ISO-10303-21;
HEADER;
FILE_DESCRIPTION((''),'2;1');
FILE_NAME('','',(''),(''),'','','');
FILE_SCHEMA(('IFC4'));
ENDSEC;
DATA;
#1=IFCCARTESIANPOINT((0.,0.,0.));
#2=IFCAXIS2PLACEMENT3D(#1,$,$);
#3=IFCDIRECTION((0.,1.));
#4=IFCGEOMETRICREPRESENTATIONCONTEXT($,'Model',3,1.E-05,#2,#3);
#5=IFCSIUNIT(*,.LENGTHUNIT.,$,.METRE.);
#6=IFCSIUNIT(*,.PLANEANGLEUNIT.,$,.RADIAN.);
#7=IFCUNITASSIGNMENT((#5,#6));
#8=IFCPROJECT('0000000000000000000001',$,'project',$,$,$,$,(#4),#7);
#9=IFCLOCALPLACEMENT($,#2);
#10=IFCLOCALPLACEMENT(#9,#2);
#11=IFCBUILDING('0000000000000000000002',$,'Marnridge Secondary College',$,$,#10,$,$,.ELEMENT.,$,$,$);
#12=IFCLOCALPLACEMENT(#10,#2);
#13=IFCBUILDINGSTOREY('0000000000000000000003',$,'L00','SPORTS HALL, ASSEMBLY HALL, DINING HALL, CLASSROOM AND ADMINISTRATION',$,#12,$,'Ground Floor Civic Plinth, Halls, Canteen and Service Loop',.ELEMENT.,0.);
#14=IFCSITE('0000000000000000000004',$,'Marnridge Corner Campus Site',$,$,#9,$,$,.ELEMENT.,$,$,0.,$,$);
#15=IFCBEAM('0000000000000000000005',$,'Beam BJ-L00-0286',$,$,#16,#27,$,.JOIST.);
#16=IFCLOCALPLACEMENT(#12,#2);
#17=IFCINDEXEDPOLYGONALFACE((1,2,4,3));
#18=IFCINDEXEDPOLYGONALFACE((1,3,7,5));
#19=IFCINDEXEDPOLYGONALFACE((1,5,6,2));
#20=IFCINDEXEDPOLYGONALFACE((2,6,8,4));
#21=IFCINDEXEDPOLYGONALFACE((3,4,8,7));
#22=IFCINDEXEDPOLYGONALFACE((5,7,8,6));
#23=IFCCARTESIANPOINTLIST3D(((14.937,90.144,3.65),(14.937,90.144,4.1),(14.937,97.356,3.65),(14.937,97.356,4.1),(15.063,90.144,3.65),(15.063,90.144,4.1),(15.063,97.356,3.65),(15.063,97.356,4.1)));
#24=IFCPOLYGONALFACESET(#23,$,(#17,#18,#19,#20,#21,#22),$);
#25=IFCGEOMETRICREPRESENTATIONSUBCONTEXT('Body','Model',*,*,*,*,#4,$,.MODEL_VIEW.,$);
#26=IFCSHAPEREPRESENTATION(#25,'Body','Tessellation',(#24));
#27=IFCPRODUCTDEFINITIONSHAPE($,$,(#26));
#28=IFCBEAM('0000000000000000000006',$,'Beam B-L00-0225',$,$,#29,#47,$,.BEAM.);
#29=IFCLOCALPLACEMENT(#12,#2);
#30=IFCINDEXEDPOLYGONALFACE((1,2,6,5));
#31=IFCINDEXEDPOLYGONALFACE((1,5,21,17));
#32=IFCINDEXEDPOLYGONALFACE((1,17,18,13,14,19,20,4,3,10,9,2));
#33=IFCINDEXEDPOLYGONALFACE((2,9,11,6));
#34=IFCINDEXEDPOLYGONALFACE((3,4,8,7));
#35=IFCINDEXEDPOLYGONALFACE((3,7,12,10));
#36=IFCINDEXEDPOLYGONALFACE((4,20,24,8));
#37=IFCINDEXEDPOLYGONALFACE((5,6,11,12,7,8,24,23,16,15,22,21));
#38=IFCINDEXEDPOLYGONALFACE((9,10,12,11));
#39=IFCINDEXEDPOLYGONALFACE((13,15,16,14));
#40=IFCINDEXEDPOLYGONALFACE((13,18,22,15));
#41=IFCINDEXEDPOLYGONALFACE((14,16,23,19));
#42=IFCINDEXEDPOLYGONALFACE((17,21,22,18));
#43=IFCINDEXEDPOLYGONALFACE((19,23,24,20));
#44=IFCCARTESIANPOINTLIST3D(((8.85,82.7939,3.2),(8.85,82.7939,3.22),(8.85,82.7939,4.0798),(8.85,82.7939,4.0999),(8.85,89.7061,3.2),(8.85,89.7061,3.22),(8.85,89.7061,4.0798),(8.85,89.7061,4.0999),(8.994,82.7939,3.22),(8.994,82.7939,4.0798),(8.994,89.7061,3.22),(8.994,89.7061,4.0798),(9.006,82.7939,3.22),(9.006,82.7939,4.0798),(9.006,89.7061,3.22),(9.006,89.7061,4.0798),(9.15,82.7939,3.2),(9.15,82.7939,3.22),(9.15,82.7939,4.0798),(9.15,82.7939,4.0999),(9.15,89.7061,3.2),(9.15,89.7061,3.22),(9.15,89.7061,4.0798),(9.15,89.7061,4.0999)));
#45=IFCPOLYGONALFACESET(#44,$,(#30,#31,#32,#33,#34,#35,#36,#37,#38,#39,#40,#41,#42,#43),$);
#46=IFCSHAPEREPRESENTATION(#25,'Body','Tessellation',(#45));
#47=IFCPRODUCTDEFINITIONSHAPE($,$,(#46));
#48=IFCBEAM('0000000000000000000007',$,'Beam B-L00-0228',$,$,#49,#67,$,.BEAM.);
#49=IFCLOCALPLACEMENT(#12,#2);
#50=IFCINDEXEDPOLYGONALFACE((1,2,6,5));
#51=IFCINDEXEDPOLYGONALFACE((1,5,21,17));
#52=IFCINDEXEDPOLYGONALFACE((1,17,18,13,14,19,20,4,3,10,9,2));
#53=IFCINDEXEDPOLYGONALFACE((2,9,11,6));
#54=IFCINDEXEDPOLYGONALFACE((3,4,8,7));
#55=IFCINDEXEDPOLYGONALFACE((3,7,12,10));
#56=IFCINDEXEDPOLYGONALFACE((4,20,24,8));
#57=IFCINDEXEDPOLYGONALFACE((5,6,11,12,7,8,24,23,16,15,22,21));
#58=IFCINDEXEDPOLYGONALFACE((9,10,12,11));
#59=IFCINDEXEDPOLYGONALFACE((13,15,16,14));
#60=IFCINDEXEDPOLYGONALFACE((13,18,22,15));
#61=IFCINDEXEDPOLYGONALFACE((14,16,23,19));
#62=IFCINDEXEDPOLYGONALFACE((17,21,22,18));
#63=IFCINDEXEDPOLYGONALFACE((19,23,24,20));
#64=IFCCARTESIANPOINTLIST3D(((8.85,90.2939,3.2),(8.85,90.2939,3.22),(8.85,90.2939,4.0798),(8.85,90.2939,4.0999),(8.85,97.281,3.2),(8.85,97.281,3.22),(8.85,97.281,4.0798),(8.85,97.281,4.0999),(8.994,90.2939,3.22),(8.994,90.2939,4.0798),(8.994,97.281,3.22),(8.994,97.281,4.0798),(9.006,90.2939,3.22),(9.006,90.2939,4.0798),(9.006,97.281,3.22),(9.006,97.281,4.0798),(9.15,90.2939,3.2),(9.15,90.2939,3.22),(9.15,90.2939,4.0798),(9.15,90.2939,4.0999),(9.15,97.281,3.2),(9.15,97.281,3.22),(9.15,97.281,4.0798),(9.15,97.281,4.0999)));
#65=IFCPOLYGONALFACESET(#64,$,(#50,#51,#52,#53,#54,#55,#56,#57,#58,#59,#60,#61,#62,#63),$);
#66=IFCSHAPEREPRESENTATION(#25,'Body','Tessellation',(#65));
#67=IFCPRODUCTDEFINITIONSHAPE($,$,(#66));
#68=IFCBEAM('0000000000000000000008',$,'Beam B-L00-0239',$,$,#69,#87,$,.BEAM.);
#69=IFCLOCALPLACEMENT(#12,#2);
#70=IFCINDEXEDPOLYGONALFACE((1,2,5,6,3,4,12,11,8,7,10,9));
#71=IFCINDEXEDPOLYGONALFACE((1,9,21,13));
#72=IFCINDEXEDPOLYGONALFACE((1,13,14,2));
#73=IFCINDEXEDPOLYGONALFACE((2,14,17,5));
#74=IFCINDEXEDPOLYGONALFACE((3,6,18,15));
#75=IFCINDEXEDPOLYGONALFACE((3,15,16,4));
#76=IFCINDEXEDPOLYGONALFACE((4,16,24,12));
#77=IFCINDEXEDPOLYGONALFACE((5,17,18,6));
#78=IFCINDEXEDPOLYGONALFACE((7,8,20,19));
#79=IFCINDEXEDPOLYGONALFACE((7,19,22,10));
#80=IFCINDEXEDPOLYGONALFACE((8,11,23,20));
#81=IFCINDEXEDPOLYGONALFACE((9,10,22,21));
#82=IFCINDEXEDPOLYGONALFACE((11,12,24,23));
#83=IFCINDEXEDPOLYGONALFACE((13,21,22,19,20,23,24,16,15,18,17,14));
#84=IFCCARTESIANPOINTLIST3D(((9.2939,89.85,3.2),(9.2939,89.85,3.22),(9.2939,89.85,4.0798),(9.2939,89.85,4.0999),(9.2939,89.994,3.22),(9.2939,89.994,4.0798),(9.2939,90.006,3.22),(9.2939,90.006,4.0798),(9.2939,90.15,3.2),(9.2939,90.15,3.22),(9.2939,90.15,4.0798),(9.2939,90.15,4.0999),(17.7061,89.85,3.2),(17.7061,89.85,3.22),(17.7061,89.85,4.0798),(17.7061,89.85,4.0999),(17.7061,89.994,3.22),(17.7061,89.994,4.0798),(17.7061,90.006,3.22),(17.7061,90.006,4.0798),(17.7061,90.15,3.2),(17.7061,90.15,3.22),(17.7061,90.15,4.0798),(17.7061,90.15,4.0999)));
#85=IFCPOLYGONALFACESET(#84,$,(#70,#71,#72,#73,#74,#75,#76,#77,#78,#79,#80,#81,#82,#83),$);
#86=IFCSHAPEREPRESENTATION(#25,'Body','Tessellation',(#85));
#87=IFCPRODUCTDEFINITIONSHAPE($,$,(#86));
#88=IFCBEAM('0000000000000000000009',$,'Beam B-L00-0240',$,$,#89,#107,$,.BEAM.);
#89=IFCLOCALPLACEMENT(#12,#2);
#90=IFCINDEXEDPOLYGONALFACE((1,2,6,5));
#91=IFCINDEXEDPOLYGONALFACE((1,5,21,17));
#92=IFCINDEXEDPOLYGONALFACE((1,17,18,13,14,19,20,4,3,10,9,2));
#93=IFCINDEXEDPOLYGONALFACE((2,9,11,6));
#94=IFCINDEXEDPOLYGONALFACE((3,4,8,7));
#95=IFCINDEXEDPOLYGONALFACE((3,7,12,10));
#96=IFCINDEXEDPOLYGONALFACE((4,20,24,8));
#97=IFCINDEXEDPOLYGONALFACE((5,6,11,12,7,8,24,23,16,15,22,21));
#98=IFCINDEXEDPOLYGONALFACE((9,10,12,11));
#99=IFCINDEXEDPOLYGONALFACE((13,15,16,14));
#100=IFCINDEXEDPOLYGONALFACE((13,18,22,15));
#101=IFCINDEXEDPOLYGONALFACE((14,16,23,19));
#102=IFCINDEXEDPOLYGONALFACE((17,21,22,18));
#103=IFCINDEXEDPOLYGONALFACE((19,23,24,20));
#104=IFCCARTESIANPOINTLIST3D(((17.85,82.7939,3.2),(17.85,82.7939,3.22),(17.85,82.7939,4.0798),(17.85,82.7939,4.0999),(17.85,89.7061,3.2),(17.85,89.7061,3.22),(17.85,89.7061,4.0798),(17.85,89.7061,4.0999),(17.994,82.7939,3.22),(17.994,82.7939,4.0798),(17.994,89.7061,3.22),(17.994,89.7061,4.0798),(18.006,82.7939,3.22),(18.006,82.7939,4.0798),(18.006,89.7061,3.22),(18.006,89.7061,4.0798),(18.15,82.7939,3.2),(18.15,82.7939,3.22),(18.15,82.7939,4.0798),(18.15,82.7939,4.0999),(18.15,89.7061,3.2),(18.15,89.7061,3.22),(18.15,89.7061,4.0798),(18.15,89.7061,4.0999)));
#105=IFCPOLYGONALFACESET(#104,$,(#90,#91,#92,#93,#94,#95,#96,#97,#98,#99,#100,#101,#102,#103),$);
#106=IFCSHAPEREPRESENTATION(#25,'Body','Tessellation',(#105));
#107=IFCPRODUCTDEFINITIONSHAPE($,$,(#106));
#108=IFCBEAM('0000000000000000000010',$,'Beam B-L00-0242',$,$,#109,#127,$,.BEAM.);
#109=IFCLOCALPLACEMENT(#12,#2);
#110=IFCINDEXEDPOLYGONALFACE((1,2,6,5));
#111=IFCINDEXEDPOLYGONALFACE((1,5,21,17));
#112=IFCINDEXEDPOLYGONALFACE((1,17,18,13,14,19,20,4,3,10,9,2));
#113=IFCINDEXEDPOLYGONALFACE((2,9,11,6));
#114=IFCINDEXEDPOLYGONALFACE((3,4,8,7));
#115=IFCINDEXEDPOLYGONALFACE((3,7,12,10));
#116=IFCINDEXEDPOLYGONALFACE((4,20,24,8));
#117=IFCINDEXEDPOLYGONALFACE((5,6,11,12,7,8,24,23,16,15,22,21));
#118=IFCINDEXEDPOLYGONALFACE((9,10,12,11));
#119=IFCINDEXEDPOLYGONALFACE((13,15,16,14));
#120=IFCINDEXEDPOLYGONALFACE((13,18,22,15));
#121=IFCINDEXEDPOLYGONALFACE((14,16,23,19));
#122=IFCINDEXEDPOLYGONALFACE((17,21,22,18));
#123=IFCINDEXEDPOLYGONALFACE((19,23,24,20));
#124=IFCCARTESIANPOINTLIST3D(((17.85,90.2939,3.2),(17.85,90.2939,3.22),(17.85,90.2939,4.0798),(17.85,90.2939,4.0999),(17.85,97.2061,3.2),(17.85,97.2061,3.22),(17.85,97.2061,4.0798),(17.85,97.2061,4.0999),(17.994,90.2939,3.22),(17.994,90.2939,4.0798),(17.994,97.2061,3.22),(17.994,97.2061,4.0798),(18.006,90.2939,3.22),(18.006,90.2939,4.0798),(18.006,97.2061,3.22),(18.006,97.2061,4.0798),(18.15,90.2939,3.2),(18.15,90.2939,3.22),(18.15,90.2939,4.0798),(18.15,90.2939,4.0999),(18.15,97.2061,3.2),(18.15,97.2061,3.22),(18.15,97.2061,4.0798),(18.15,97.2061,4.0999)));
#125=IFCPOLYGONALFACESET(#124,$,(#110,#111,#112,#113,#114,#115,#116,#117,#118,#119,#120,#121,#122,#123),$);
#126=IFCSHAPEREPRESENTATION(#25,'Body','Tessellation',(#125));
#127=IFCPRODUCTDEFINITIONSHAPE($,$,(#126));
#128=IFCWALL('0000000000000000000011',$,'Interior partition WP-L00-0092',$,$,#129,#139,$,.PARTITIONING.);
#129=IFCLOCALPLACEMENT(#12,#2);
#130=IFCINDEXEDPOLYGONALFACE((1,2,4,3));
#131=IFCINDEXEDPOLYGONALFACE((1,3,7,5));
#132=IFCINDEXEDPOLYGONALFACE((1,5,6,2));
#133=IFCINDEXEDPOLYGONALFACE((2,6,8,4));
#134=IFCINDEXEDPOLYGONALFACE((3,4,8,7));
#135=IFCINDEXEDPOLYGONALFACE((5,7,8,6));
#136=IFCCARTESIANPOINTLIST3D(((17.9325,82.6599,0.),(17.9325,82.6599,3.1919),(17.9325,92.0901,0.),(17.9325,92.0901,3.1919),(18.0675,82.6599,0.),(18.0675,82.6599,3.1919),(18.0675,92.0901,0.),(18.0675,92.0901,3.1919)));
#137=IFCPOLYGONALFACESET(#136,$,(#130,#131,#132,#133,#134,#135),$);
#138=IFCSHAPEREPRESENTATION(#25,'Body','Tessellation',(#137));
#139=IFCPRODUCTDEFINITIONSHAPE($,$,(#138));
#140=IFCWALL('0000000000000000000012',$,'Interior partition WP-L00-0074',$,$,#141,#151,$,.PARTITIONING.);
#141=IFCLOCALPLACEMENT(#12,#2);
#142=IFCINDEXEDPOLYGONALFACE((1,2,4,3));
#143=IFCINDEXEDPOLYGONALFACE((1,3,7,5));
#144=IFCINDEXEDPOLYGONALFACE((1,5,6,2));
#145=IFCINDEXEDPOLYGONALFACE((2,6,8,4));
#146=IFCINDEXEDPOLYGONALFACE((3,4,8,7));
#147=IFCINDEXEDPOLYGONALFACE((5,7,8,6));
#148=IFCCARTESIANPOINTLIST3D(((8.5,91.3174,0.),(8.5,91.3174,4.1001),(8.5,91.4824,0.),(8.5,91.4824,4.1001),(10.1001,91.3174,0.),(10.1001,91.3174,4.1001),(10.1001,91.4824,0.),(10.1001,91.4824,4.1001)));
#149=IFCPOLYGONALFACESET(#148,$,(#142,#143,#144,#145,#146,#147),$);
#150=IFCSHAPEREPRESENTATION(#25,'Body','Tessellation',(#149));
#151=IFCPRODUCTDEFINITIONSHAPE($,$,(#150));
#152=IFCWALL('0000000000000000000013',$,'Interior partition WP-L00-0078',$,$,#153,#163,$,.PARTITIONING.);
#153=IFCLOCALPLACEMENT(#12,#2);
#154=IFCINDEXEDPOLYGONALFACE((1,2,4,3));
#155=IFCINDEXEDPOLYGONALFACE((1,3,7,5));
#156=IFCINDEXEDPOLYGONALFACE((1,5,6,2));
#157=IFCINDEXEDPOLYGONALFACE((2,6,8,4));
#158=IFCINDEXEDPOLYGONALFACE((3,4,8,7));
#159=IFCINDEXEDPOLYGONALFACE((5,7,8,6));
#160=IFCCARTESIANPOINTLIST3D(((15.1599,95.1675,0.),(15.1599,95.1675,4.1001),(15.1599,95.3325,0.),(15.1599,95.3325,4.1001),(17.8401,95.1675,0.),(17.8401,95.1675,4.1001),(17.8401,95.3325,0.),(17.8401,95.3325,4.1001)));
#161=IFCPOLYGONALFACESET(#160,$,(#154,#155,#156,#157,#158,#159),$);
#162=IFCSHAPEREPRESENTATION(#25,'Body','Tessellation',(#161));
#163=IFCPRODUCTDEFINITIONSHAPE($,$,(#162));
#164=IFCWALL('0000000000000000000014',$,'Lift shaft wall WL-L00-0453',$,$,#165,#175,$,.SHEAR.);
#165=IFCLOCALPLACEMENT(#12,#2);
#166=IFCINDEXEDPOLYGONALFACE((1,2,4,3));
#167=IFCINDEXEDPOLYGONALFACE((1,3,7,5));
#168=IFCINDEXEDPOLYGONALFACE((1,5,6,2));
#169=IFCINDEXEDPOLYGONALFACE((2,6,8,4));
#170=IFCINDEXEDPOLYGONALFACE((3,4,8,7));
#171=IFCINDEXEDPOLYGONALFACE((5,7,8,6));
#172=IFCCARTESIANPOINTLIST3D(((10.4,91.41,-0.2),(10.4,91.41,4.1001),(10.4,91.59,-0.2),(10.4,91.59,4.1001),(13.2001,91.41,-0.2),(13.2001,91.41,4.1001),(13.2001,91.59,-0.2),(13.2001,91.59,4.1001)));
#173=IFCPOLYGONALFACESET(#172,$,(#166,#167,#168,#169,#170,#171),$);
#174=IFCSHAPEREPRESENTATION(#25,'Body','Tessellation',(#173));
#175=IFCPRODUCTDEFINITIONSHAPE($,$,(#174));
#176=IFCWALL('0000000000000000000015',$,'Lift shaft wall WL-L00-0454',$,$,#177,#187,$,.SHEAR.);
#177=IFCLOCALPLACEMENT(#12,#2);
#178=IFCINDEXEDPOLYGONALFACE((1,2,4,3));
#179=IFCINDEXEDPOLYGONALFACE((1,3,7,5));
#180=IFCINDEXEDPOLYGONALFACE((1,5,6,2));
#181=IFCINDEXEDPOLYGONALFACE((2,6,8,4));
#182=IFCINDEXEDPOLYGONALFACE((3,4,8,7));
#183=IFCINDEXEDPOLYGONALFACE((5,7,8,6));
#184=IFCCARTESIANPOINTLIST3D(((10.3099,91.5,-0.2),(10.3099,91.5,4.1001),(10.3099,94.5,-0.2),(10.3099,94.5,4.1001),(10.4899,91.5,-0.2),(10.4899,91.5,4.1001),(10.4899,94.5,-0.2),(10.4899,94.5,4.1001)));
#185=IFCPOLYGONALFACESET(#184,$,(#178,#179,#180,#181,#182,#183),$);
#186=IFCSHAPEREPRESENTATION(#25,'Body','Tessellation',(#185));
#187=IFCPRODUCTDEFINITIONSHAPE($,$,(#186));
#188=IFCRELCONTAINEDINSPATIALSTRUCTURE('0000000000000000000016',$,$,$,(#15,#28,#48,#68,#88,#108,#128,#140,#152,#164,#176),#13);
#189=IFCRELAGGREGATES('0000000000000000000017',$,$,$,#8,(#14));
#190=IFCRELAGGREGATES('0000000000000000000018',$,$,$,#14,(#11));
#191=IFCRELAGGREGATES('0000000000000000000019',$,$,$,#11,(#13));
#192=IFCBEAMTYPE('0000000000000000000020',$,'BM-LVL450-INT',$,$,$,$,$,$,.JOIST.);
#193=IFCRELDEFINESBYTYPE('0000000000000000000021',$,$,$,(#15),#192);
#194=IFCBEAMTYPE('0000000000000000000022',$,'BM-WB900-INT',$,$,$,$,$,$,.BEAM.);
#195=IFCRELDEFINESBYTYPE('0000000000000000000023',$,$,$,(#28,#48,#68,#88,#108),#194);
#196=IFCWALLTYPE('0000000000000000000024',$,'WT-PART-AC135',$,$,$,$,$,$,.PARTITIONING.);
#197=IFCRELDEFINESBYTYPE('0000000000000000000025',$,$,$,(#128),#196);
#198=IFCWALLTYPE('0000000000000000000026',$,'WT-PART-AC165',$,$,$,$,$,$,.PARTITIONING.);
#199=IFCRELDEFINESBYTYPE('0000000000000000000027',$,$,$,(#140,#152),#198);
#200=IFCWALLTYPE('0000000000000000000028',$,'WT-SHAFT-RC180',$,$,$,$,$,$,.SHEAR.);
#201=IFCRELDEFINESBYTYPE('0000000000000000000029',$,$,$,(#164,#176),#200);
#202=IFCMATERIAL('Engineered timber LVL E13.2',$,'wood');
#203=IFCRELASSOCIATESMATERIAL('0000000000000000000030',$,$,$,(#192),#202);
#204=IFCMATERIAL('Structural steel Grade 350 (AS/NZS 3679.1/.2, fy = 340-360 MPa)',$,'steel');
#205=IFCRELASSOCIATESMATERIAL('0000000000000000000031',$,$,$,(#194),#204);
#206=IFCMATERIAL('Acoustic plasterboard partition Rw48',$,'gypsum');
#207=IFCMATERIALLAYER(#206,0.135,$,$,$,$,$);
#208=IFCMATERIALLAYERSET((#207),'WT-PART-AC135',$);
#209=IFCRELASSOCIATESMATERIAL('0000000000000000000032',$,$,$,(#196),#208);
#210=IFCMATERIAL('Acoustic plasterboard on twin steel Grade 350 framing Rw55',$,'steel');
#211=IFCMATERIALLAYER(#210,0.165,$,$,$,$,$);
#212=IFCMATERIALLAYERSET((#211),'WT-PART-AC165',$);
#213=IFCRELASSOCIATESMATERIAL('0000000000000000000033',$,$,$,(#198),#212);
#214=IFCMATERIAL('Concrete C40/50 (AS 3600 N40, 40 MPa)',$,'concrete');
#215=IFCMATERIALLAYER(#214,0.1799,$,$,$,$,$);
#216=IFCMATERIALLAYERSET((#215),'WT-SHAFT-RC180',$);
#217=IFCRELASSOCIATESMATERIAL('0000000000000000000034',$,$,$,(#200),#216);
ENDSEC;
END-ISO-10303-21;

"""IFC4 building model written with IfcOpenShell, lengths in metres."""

from ifc_helpers import new_model, si_unit, direction, frame, frame_2d, origin, origin_2d, place, context, subcontext, project, spatial, rectangle, i_section, extrude, material, layer, layer_set, material_profile, profile_set, type_object, element, save


model = new_model("IFC4")

# Units and contexts
model_context = context("Model", 3, precision=1e-05, world=origin(), true_north=direction((0.0, 1.0)))
body_context = subcontext(model_context, "Body", "Model", "MODEL_VIEW")
ifc_project = project(units=[si_unit("LENGTHUNIT", "METRE"), si_unit("PLANEANGLEUNIT", "RADIAN")], contexts=[model_context])

# Site, building, storey
site_placement = place(None, origin())
site = spatial("IfcSite", under=ifc_project, at=site_placement, Name="Marnridge Corner Campus Site", CompositionType="ELEMENT", RefElevation=0.0)
building_placement = place(site_placement, origin())
building = spatial("IfcBuilding", under=site, at=building_placement, Name="Marnridge Secondary College", CompositionType="ELEMENT")
storey_placement = place(building_placement, origin())
storey = spatial("IfcBuildingStorey", under=building, at=storey_placement, Name="L00", Description="SPORTS HALL, ASSEMBLY HALL, DINING HALL, CLASSROOM AND ADMINISTRATION", LongName="Ground Floor Civic Plinth, Halls, Canteen and Service Loop", CompositionType="ELEMENT", Elevation=0.0)

# Beams
ifc_material_1 = material(Name="Engineered timber LVL E13.2", Category="wood")
ifc_material_profile_1 = material_profile(ifc_material_1, rectangle(XDim=0.126, YDim=0.45, at=origin_2d()), Name="LVL 126x450")
ifc_profile_set_1 = profile_set([ifc_material_profile_1], Name="Engineered timber LVL E13.2")
beam_type_1 = type_object("IfcBeamType", Name="BM-LVL450-INT", PredefinedType="JOIST", material=ifc_profile_set_1)
beam_1_placement = place(storey_placement, frame((15.0, 90.144, 3.875), z_axis=(0.0, 1.0, 0.0), x_axis=(-1.0, 0.0, 0.0)))
element("IfcBeam", 1, at=beam_1_placement, inside=storey, type_object=beam_type_1, Name="Beam BJ-L00-0286", PredefinedType="JOIST", context=body_context, shape_type="SweptSolid", body=[
    extrude(rectangle(XDim=0.126, YDim=0.45, at=origin_2d()), origin(), (0.0, 0.0, 1.0), 7.2119),
])
ifc_material_2 = material(Name="Structural steel Grade 350 (AS/NZS 3679.1/.2, fy = 340-360 MPa)", Category="steel")
ifc_material_profile_2 = material_profile(ifc_material_2, i_section(OverallWidth=0.3, OverallDepth=0.8999, WebThickness=0.012, FlangeThickness=0.02, at=origin_2d()), Name="900WB175")
ifc_profile_set_2 = profile_set([ifc_material_profile_2], Name="Structural steel Grade 350 (AS/NZS 3679.1/.2, fy = 340-360 MPa)")
beam_type_2 = type_object("IfcBeamType", Name="BM-WB900-INT", PredefinedType="BEAM", material=ifc_profile_set_2)
beam_2_placement = place(storey_placement, frame((9.0, 82.7939, 3.6499), z_axis=(0.0, 1.0, 0.0), x_axis=(-1.0, 0.0, 0.0)))
element("IfcBeam", 2, at=beam_2_placement, inside=storey, type_object=beam_type_2, Name="Beam B-L00-0225", PredefinedType="BEAM", context=body_context, shape_type="SweptSolid", body=[
    extrude(i_section(OverallWidth=0.3, OverallDepth=0.8999, WebThickness=0.012, FlangeThickness=0.02, at=origin_2d()), origin(), (0.0, 0.0, 1.0), 6.9121),
])
beam_3_placement = place(storey_placement, frame((9.0, 90.2939, 3.6499), z_axis=(0.0, 1.0, 0.0), x_axis=(-1.0, 0.0, 0.0)))
element("IfcBeam", 3, at=beam_3_placement, inside=storey, type_object=beam_type_2, Name="Beam B-L00-0228", PredefinedType="BEAM", context=body_context, shape_type="SweptSolid", body=[
    extrude(i_section(OverallWidth=0.3, OverallDepth=0.8999, WebThickness=0.012, FlangeThickness=0.02, at=origin_2d()), origin(), (0.0, 0.0, 1.0), 6.9871),
])
beam_4_placement = place(storey_placement, frame((9.2939, 90.0, 3.6499), z_axis=(1.0, 0.0, 0.0), x_axis=(0.0, 1.0, 0.0)))
element("IfcBeam", 4, at=beam_4_placement, inside=storey, type_object=beam_type_2, Name="Beam B-L00-0239", PredefinedType="BEAM", context=body_context, shape_type="SweptSolid", body=[
    extrude(i_section(OverallWidth=0.3, OverallDepth=0.8999, WebThickness=0.012, FlangeThickness=0.02, at=origin_2d()), origin(), (0.0, 0.0, 1.0), 8.4121),
])
for number, where, z_axis, x_axis, name in (
    (5, (18.0, 82.7939, 3.6499), (0.0, 1.0, 0.0), (-1.0, 0.0, 0.0), "Beam B-L00-0240"),
    (6, (18.0, 90.2939, 3.6499), (0.0, 1.0, 0.0), (-1.0, 0.0, 0.0), "Beam B-L00-0242"),
):
    element("IfcBeam", number, at=place(storey_placement, frame(where, z_axis=z_axis, x_axis=x_axis)), inside=storey, type_object=beam_type_2, Name=name, PredefinedType="BEAM", context=body_context, shape_type="SweptSolid", body=[
        extrude(i_section(OverallWidth=0.3, OverallDepth=0.8999, WebThickness=0.012, FlangeThickness=0.02, at=origin_2d()), origin(), (0.0, 0.0, 1.0), 6.9121),
    ])

# Wall
ifc_material_3 = material(Name="Acoustic plasterboard partition Rw48", Category="gypsum")
ifc_layer_1 = layer(ifc_material_3, 0.135)
ifc_layer_set_1 = layer_set([ifc_layer_1], Name="WT-PART-AC135")
wall_type_1 = type_object("IfcWallType", Name="WT-PART-AC135", PredefinedType="PARTITIONING", material=ifc_layer_set_1)
wall_1_placement = place(storey_placement, frame((18.0, 82.6599, 0.0), z_axis=(0.0, 0.0, 1.0), x_axis=(0.0, 1.0, 0.0)))
element("IfcWall", 7, at=wall_1_placement, inside=storey, type_object=wall_type_1, Name="Interior partition WP-L00-0092", PredefinedType="PARTITIONING", context=body_context, shape_type="SweptSolid", body=[
    extrude(rectangle(XDim=9.4302, YDim=0.135, at=frame_2d((4.7151, 0.0))), origin(), (0.0, 0.0, 1.0), 3.1919),
])

# Shared definitions
ifc_material_4 = material(Name="Acoustic plasterboard on twin steel Grade 350 framing Rw55", Category="steel")
ifc_layer_2 = layer(ifc_material_4, 0.165)
ifc_layer_set_2 = layer_set([ifc_layer_2], Name="WT-PART-AC165")
wall_type_2 = type_object("IfcWallType", Name="WT-PART-AC165", PredefinedType="PARTITIONING", material=ifc_layer_set_2)

# Walls
wall_2_placement = place(storey_placement, frame((10.1001, 91.3999, 0.0), z_axis=(0.0, 0.0, 1.0), x_axis=(-1.0, 0.0, 0.0)))
element("IfcWall", 8, at=wall_2_placement, inside=storey, type_object=wall_type_2, Name="Interior partition WP-L00-0074", PredefinedType="PARTITIONING", context=body_context, shape_type="SweptSolid", body=[
    extrude(rectangle(XDim=1.6001, YDim=0.165, at=frame_2d((0.8, 0.0))), origin(), (0.0, 0.0, 1.0), 4.1001),
])
wall_3_placement = place(storey_placement, frame((15.1599, 95.25, 0.0), z_axis=(0.0, 0.0, 1.0), x_axis=(1.0, 0.0, 0.0)))
element("IfcWall", 9, at=wall_3_placement, inside=storey, type_object=wall_type_2, Name="Interior partition WP-L00-0078", PredefinedType="PARTITIONING", context=body_context, shape_type="SweptSolid", body=[
    extrude(rectangle(XDim=2.6802, YDim=0.165, at=frame_2d((1.3401, 0.0))), origin(), (0.0, 0.0, 1.0), 4.1001),
])
ifc_material_5 = material(Name="Concrete C40/50 (AS 3600 N40, 40 MPa)", Category="concrete")
ifc_layer_3 = layer(ifc_material_5, 0.1799)
ifc_layer_set_3 = layer_set([ifc_layer_3], Name="WT-SHAFT-RC180")
wall_type_3 = type_object("IfcWallType", Name="WT-SHAFT-RC180", PredefinedType="SHEAR", material=ifc_layer_set_3)
wall_4_placement = place(storey_placement, frame((13.2, 91.5, -0.2), z_axis=(0.0, 0.0, 1.0), x_axis=(-1.0, 0.0, 0.0)))
element("IfcWall", 10, at=wall_4_placement, inside=storey, type_object=wall_type_3, Name="Lift shaft wall WL-L00-0453", PredefinedType="SHEAR", context=body_context, shape_type="SweptSolid", body=[
    extrude(rectangle(XDim=2.8, YDim=0.1799, at=frame_2d((1.3999, 0.0))), origin(), (0.0, 0.0, 1.0), 4.3),
])
wall_5_placement = place(storey_placement, frame((10.3999, 91.5, -0.2), z_axis=(0.0, 0.0, 1.0), x_axis=(0.0, 1.0, 0.0)))
element("IfcWall", 11, at=wall_5_placement, inside=storey, type_object=wall_type_3, Name="Lift shaft wall WL-L00-0454", PredefinedType="SHEAR", context=body_context, shape_type="SweptSolid", body=[
    extrude(rectangle(XDim=3.0, YDim=0.1799, at=frame_2d((1.5, 0.0))), origin(), (0.0, 0.0, 1.0), 4.3),
])

save(model, "model.ifc")
